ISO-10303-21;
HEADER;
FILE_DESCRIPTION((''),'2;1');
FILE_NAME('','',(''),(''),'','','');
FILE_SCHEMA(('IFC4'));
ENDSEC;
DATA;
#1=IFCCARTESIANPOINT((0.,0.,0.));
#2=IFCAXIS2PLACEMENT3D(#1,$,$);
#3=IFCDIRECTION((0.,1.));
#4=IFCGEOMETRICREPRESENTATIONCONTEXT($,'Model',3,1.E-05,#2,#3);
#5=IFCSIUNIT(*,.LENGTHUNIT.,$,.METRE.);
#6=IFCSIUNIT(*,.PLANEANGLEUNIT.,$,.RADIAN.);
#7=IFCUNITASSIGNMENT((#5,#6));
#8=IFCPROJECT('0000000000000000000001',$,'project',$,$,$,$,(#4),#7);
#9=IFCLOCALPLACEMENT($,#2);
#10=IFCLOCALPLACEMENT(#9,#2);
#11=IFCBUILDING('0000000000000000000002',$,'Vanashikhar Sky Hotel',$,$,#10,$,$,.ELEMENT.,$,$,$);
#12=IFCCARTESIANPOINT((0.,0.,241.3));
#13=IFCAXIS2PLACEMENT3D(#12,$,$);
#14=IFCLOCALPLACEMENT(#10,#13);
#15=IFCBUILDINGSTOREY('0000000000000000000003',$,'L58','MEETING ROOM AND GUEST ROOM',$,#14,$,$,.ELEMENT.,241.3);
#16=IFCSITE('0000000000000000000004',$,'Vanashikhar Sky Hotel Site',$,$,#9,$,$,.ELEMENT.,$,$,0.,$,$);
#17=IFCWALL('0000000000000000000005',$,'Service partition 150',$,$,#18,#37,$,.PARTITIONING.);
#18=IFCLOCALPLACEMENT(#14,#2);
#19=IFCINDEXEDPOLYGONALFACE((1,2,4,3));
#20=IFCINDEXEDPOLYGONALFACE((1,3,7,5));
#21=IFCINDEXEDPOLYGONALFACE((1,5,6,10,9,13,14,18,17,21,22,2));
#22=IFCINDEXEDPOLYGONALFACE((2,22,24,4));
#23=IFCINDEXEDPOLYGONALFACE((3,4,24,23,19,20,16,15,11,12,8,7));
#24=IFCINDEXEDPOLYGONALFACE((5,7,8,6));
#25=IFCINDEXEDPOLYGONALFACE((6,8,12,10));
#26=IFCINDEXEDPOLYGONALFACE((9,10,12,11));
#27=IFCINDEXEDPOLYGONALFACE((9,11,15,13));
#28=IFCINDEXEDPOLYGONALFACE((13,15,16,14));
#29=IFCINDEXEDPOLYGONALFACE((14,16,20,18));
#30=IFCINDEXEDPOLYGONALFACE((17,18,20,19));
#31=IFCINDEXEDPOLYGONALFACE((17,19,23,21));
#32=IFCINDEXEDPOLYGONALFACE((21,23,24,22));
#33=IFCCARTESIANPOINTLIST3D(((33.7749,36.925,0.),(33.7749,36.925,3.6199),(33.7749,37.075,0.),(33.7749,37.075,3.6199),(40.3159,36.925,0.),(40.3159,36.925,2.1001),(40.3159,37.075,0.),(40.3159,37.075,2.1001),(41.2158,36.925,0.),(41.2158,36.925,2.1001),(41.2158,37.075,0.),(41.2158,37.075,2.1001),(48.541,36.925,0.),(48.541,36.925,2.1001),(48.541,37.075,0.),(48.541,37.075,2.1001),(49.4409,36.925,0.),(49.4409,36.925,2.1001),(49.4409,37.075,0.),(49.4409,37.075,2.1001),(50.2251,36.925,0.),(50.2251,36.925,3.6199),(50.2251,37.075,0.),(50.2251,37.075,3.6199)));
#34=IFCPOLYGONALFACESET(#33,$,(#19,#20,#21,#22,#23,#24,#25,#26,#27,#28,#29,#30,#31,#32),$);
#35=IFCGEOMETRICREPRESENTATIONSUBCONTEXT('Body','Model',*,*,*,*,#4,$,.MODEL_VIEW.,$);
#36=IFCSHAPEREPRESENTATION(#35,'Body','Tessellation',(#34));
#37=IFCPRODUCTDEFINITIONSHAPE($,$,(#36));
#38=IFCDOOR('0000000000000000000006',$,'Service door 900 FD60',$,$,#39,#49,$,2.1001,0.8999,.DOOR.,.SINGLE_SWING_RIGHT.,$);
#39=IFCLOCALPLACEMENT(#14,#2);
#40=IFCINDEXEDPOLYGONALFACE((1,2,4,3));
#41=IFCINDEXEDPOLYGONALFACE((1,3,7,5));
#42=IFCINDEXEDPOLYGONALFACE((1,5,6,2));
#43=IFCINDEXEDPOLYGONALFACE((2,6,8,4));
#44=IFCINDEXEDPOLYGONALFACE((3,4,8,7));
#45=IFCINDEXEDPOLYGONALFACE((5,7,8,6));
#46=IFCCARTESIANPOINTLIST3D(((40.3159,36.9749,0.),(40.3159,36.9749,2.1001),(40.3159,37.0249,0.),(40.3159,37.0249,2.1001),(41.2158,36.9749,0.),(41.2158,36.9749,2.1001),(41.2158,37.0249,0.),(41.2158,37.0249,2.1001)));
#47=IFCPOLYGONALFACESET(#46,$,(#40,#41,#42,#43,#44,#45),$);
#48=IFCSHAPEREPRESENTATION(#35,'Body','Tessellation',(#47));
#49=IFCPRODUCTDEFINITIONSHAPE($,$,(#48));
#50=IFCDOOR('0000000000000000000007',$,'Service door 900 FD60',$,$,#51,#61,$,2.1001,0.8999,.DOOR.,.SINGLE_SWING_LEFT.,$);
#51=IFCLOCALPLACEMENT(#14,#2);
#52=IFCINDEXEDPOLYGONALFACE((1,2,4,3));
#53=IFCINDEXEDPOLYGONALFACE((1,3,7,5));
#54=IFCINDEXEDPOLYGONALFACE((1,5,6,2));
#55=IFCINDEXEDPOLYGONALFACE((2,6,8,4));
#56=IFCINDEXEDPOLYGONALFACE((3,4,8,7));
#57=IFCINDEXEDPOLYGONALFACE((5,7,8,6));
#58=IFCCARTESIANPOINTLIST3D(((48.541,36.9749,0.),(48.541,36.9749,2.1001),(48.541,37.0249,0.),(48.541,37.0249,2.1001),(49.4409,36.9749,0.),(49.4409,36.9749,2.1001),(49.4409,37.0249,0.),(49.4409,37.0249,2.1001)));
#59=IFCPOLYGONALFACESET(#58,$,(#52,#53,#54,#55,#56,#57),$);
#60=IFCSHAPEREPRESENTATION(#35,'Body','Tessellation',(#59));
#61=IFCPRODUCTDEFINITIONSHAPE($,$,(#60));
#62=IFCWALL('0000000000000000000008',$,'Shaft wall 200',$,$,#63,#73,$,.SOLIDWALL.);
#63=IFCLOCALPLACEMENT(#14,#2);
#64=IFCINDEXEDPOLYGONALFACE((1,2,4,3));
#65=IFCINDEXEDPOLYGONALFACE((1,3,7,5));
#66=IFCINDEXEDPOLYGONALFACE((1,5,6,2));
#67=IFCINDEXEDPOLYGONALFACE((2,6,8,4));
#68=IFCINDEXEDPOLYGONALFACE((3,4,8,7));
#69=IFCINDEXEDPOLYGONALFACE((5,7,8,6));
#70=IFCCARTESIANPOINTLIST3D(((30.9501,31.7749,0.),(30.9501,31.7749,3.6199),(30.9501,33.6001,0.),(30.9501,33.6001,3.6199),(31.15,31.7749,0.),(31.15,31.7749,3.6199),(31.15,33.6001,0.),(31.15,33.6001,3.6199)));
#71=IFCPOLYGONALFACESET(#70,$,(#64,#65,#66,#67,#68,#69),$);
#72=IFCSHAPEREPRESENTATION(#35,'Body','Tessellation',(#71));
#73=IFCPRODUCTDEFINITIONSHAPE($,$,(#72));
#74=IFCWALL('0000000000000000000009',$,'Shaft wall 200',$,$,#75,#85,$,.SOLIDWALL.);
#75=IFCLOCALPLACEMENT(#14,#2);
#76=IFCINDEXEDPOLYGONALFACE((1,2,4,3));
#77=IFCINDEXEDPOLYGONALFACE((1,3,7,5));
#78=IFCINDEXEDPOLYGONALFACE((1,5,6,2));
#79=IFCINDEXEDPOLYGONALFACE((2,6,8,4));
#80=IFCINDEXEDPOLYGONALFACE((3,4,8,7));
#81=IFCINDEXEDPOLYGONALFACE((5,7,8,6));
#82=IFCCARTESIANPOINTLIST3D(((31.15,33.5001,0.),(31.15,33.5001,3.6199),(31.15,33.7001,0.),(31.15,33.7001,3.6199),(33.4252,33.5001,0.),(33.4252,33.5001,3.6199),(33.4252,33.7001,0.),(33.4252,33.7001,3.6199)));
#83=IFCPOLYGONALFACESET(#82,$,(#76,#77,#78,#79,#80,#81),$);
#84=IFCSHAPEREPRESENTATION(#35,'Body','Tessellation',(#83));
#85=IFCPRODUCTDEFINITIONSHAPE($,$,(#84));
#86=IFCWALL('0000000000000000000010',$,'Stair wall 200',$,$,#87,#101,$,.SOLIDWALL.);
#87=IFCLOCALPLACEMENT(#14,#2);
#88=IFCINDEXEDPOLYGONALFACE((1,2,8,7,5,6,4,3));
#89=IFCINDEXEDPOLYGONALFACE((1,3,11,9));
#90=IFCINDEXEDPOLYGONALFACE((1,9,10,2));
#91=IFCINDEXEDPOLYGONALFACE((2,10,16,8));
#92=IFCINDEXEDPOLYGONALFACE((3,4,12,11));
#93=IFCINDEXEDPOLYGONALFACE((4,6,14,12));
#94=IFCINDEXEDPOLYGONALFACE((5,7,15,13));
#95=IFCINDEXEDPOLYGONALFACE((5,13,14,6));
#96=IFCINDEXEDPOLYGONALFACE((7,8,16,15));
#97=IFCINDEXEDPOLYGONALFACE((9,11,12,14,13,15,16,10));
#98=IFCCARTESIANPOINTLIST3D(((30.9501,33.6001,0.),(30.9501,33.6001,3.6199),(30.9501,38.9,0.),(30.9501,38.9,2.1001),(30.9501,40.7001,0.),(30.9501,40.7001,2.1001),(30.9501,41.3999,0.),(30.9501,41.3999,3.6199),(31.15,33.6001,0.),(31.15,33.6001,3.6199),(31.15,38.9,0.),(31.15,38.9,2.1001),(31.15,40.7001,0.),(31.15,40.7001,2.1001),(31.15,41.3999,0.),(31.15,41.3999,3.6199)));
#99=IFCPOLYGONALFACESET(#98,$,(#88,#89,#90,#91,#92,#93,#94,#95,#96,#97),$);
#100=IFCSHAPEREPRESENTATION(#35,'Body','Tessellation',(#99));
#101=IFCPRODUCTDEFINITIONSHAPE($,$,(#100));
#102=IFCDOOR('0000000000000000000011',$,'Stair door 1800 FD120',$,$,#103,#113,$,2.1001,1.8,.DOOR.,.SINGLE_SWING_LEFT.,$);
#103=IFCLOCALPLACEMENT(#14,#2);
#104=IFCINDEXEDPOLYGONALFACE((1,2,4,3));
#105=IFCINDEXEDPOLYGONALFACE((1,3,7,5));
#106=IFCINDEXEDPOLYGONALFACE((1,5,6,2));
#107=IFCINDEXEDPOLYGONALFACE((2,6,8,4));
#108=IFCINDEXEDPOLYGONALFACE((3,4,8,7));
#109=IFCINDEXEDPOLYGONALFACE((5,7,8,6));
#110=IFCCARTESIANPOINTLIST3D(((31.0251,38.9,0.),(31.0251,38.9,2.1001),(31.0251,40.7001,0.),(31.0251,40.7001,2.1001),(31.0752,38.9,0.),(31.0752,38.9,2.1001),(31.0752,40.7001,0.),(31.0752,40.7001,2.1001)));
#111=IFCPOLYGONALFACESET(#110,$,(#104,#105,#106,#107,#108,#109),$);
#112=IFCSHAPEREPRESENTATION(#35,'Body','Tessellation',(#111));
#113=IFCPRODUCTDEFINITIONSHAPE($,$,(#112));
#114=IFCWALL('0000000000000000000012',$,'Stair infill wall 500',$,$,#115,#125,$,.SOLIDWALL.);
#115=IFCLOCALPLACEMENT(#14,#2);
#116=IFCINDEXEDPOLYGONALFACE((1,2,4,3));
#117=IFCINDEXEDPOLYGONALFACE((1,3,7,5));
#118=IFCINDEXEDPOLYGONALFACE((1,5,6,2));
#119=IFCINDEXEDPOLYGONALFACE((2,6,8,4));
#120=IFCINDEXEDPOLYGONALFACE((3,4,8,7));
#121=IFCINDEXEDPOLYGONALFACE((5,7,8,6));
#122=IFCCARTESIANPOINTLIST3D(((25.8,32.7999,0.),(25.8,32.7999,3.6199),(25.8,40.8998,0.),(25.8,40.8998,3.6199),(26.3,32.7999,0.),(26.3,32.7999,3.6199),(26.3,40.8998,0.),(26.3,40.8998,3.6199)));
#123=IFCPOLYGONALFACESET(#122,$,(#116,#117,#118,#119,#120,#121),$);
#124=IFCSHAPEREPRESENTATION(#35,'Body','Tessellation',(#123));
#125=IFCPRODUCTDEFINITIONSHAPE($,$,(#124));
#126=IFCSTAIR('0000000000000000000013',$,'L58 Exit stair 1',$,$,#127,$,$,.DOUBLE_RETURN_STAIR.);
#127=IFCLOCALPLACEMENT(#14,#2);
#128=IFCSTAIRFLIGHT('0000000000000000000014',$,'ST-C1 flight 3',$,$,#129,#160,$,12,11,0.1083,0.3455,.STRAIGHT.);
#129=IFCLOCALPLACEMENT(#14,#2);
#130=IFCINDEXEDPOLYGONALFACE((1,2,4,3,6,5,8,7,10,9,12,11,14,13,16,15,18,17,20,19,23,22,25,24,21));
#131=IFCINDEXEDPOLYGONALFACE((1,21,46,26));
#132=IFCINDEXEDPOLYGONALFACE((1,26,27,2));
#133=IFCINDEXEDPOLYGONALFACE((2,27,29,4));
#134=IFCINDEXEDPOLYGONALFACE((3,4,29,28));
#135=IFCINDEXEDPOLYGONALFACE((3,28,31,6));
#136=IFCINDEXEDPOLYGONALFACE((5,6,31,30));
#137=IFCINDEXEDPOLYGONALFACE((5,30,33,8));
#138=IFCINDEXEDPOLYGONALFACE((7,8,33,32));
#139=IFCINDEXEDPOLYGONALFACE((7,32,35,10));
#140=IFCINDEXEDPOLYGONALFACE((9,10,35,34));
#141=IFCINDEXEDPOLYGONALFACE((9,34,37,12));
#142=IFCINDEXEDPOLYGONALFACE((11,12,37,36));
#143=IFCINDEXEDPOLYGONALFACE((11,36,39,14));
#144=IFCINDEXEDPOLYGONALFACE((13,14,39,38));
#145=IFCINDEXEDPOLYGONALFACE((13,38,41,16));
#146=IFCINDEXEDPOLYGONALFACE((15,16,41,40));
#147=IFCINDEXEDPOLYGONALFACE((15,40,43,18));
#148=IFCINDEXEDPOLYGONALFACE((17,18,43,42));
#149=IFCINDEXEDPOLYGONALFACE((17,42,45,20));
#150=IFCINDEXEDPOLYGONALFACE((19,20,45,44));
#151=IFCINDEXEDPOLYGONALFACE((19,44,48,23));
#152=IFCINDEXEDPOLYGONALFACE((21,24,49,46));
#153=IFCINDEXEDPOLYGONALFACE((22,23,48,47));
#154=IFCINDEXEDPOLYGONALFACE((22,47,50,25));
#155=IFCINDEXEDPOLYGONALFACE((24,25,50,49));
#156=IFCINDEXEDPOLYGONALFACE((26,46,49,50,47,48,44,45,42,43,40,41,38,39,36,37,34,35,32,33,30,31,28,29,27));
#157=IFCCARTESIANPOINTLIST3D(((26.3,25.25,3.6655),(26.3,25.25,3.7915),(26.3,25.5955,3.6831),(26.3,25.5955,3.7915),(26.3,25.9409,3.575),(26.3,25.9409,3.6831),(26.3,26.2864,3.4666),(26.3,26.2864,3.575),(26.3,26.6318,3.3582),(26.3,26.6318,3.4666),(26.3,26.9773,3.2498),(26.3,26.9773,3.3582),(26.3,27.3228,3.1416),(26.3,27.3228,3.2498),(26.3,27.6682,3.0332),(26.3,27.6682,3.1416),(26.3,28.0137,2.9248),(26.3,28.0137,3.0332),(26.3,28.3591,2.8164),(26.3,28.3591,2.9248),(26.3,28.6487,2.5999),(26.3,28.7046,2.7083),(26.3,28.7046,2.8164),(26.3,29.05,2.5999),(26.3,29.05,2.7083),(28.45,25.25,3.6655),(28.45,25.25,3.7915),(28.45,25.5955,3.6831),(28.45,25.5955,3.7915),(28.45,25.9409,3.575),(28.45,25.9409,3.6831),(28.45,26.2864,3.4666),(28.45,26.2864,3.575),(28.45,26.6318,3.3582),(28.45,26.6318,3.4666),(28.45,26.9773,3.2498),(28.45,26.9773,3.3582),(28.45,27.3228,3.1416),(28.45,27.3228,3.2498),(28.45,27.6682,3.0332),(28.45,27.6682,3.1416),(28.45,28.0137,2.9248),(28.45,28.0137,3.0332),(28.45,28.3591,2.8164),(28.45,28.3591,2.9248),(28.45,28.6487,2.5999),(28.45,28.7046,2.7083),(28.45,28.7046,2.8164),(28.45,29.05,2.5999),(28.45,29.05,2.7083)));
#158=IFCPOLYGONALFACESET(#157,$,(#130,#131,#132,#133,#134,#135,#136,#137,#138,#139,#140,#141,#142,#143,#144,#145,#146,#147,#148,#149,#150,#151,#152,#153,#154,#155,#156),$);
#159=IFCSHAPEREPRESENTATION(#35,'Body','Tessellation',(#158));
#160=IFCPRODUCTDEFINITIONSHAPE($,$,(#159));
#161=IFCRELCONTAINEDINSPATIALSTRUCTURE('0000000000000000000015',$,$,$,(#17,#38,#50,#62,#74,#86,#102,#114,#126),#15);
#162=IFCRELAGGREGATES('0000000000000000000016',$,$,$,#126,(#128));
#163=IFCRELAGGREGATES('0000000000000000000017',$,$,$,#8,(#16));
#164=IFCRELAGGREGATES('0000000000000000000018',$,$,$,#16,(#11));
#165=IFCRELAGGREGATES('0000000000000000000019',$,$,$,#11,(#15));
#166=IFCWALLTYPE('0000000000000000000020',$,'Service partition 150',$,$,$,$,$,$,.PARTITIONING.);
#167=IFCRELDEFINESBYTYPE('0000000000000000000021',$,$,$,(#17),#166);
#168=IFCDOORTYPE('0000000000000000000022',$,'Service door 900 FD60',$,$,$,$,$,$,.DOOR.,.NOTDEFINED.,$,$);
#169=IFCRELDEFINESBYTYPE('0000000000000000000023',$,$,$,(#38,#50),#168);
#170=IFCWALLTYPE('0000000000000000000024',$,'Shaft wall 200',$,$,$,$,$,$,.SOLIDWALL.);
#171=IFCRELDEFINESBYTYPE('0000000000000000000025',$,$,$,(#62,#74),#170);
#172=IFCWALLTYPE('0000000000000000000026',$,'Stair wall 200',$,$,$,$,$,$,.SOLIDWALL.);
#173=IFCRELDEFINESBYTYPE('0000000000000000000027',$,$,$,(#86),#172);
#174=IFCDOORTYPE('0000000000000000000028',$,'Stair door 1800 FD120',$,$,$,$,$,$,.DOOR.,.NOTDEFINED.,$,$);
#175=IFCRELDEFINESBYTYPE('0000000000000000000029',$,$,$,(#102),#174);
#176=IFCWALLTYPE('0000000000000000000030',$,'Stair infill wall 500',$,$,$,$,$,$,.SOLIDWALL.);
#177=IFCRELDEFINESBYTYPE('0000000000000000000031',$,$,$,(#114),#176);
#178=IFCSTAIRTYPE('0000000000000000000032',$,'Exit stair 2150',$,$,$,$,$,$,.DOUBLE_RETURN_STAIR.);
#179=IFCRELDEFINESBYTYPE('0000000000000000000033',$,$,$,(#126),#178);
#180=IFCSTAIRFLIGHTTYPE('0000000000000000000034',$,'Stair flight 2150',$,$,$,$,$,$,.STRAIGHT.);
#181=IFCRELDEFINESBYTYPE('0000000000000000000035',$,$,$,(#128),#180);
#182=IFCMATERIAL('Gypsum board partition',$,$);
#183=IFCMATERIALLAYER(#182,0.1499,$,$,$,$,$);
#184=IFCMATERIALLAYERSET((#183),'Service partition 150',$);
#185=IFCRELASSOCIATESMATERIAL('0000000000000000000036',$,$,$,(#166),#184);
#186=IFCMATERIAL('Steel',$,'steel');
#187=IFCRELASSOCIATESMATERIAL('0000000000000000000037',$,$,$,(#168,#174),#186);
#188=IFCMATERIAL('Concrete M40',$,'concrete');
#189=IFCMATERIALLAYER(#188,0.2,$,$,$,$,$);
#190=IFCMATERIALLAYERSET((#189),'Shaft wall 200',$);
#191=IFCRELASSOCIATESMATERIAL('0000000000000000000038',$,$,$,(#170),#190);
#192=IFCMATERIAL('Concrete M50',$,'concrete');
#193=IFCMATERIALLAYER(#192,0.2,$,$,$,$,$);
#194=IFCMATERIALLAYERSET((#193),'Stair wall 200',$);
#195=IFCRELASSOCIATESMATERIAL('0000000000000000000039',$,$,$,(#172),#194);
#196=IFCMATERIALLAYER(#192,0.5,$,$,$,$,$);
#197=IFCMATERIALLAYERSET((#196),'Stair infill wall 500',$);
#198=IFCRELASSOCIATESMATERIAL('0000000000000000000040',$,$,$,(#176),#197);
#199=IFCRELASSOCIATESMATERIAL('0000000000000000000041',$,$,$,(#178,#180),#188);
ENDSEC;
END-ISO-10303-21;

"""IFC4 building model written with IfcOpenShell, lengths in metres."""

from ifc_helpers import new_model, si_unit, direction, frame, frame_2d, origin, place, context, subcontext, project, spatial, polyline, rectangle, outline, extrude, source, transform, mapped, material, layer, layer_set, type_object, element, fill, aggregate, save


model = new_model("IFC4")

# Units and contexts
model_context = context("Model", 3, precision=1e-05, world=origin(), true_north=direction((0.0, 1.0)))
body_context = subcontext(model_context, "Body", "Model", "MODEL_VIEW")
ifc_project = project(units=[si_unit("LENGTHUNIT", "METRE"), si_unit("PLANEANGLEUNIT", "RADIAN")], contexts=[model_context])

# Site, building, storey
site_placement = place(None, origin())
site = spatial("IfcSite", under=ifc_project, at=site_placement, Name="Vanashikhar Sky Hotel Site", CompositionType="ELEMENT", RefElevation=0.0)
building_placement = place(site_placement, origin())
building = spatial("IfcBuilding", under=site, at=building_placement, Name="Vanashikhar Sky Hotel", CompositionType="ELEMENT")
storey_placement = place(building_placement, frame((0.0, 0.0, 241.3)))
storey = spatial("IfcBuildingStorey", under=building, at=storey_placement, Name="L58", Description="MEETING ROOM AND GUEST ROOM", CompositionType="ELEMENT", Elevation=241.3)

# Shared definitions
ifc_material_1 = material(Name="Steel", Category="steel")

# Shared definitions
ifc_material_2 = material(Name="Gypsum board partition")
ifc_layer_1 = layer(ifc_material_2, 0.1499)
ifc_layer_set_1 = layer_set([ifc_layer_1], Name="Service partition 150")
wall_type_1 = type_object("IfcWallType", Name="Service partition 150", PredefinedType="PARTITIONING", material=ifc_layer_set_1)

# Wall, openings, doors
shared_shape_1 = source(origin(), body_context, "Body", "SweptSolid", [
    extrude(rectangle(XDim=0.8999, YDim=2.1001, at=frame_2d((0.45, 1.05))), frame((0.0, 0.085, 0.0), z_axis=(0.0, -1.0, 0.0), x_axis=(1.0, 0.0, 0.0)), (0.0, 0.0, 1.0), 0.1699),
])
door_type_1 = type_object("IfcDoorType", Name="Service door 900 FD60", OperationType="NOTDEFINED", PredefinedType="DOOR", material=ifc_material_1)
shared_shape_2 = source(origin(), body_context, "Body", "SweptSolid", [
    extrude(rectangle(XDim=0.8999, YDim=2.1001, at=frame_2d((0.45, 1.05))), frame((0.0, 0.0249, 0.0), z_axis=(0.0, -1.0, 0.0), x_axis=(1.0, 0.0, 0.0)), (0.0, 0.0, 1.0), 0.05),
])
shared_shape_3 = source(origin(), body_context, "Body", "SweptSolid", [
    extrude(rectangle(XDim=16.4502, YDim=0.1499, at=frame_2d((8.2251, 0.0))), origin(), (0.0, 0.0, 1.0), 3.6199),
])
wall_1_placement = place(storey_placement, frame((33.7749, 37.0, 0.0), z_axis=(0.0, 0.0, 1.0), x_axis=(1.0, 0.0, 0.0)))
wall_1 = element("IfcWall", 1, at=wall_1_placement, inside=storey, type_object=wall_type_1, Name="Service partition 150", PredefinedType="PARTITIONING", context=body_context, shape_type="MappedRepresentation", body=[
    mapped(shared_shape_3, transform((0.0, 0.0, 0.0), scale=1.0)),
])
opening_1_placement = place(wall_1_placement, frame((6.541, 0.0, 0.0)))
opening_1 = element("IfcOpeningElement", 2, at=opening_1_placement, cuts=wall_1, PredefinedType="OPENING", context=body_context, shape_type="MappedRepresentation", body=[
    mapped(shared_shape_1, transform((0.0, 0.0, 0.0), scale=1.0)),
])
opening_2_placement = place(wall_1_placement, frame((14.7661, 0.0, 0.0)))
opening_2 = element("IfcOpeningElement", 3, at=opening_2_placement, cuts=wall_1, PredefinedType="OPENING", context=body_context, shape_type="MappedRepresentation", body=[
    mapped(shared_shape_1, transform((0.0, 0.0, 0.0), scale=1.0)),
])
door_1_placement = place(opening_1_placement, origin())
door_1 = element("IfcDoor", 4, at=door_1_placement, inside=storey, type_object=door_type_1, Name="Service door 900 FD60", OperationType="SINGLE_SWING_RIGHT", OverallHeight=2.1001, OverallWidth=0.8999, PredefinedType="DOOR", context=body_context, shape_type="MappedRepresentation", body=[
    mapped(shared_shape_2, transform((0.0, 0.0, 0.0), scale=1.0)),
])
fill(opening_1, door_1)
door_2_placement = place(opening_2_placement, origin())
door_2 = element("IfcDoor", 5, at=door_2_placement, inside=storey, type_object=door_type_1, Name="Service door 900 FD60", OperationType="SINGLE_SWING_LEFT", OverallHeight=2.1001, OverallWidth=0.8999, PredefinedType="DOOR", context=body_context, shape_type="MappedRepresentation", body=[
    mapped(shared_shape_2, transform((0.0, 0.0, 0.0), scale=1.0)),
])
fill(opening_2, door_2)

# Walls
ifc_material_3 = material(Name="Concrete M40", Category="concrete")
ifc_layer_2 = layer(ifc_material_3, 0.2)
ifc_layer_set_2 = layer_set([ifc_layer_2], Name="Shaft wall 200")
wall_type_2 = type_object("IfcWallType", Name="Shaft wall 200", PredefinedType="SOLIDWALL", material=ifc_layer_set_2)
shared_shape_4 = source(origin(), body_context, "Body", "SweptSolid", [
    extrude(rectangle(XDim=1.8252, YDim=0.2, at=frame_2d((0.9126, 0.0))), origin(), (0.0, 0.0, 1.0), 3.6199),
])
wall_2_placement = place(storey_placement, frame((31.05, 31.7749, 0.0), z_axis=(0.0, 0.0, 1.0), x_axis=(0.0, 1.0, 0.0)))
element("IfcWall", 6, at=wall_2_placement, inside=storey, type_object=wall_type_2, Name="Shaft wall 200", PredefinedType="SOLIDWALL", context=body_context, shape_type="MappedRepresentation", body=[
    mapped(shared_shape_4, transform((0.0, 0.0, 0.0), scale=1.0)),
])
shared_shape_5 = source(origin(), body_context, "Body", "SweptSolid", [
    extrude(rectangle(XDim=2.2751, YDim=0.2, at=frame_2d((1.1377, 0.0))), origin(), (0.0, 0.0, 1.0), 3.6199),
])
wall_3_placement = place(storey_placement, frame((31.1499, 33.6001, 0.0), z_axis=(0.0, 0.0, 1.0), x_axis=(1.0, 0.0, 0.0)))
element("IfcWall", 7, at=wall_3_placement, inside=storey, type_object=wall_type_2, Name="Shaft wall 200", PredefinedType="SOLIDWALL", context=body_context, shape_type="MappedRepresentation", body=[
    mapped(shared_shape_5, transform((0.0, 0.0, 0.0), scale=1.0)),
])

# Wall, opening, door
ifc_material_4 = material(Name="Concrete M50", Category="concrete")
ifc_layer_3 = layer(ifc_material_4, 0.2)
ifc_layer_set_3 = layer_set([ifc_layer_3], Name="Stair wall 200")
wall_type_3 = type_object("IfcWallType", Name="Stair wall 200", PredefinedType="SOLIDWALL", material=ifc_layer_set_3)
shared_shape_6 = source(origin(), body_context, "Body", "SweptSolid", [
    extrude(rectangle(XDim=7.7998, YDim=0.2, at=frame_2d((3.8999, 0.0))), origin(), (0.0, 0.0, 1.0), 3.6199),
])
wall_4_placement = place(storey_placement, frame((31.05, 33.6001, 0.0), z_axis=(0.0, 0.0, 1.0), x_axis=(0.0, 1.0, 0.0)))
wall_4 = element("IfcWall", 8, at=wall_4_placement, inside=storey, type_object=wall_type_3, Name="Stair wall 200", PredefinedType="SOLIDWALL", context=body_context, shape_type="MappedRepresentation", body=[
    mapped(shared_shape_6, transform((0.0, 0.0, 0.0), scale=1.0)),
])
shared_shape_7 = source(origin(), body_context, "Body", "SweptSolid", [
    extrude(rectangle(XDim=1.8, YDim=2.1001, at=frame_2d((0.8999, 1.05))), frame((0.0, 0.1099, 0.0), z_axis=(0.0, -1.0, 0.0), x_axis=(1.0, 0.0, 0.0)), (0.0, 0.0, 1.0), 0.22),
])
opening_3_placement = place(wall_4_placement, frame((5.3, 0.0, 0.0)))
opening_3 = element("IfcOpeningElement", 9, at=opening_3_placement, cuts=wall_4, PredefinedType="OPENING", context=body_context, shape_type="MappedRepresentation", body=[
    mapped(shared_shape_7, transform((0.0, 0.0, 0.0), scale=1.0)),
])
door_type_2 = type_object("IfcDoorType", Name="Stair door 1800 FD120", OperationType="NOTDEFINED", PredefinedType="DOOR", material=ifc_material_1)
shared_shape_8 = source(origin(), body_context, "Body", "SweptSolid", [
    extrude(rectangle(XDim=1.8, YDim=2.1001, at=frame_2d((0.8999, 1.05))), frame((0.0, 0.0249, 0.0), z_axis=(0.0, -1.0, 0.0), x_axis=(1.0, 0.0, 0.0)), (0.0, 0.0, 1.0), 0.05),
])
door_3_placement = place(opening_3_placement, origin())
door_3 = element("IfcDoor", 10, at=door_3_placement, inside=storey, type_object=door_type_2, Name="Stair door 1800 FD120", OperationType="SINGLE_SWING_LEFT", OverallHeight=2.1001, OverallWidth=1.8, PredefinedType="DOOR", context=body_context, shape_type="MappedRepresentation", body=[
    mapped(shared_shape_8, transform((0.0, 0.0, 0.0), scale=1.0)),
])
fill(opening_3, door_3)

# Wall
ifc_layer_4 = layer(ifc_material_4, 0.5)
ifc_layer_set_4 = layer_set([ifc_layer_4], Name="Stair infill wall 500")
wall_type_4 = type_object("IfcWallType", Name="Stair infill wall 500", PredefinedType="SOLIDWALL", material=ifc_layer_set_4)
shared_shape_9 = source(origin(), body_context, "Body", "SweptSolid", [
    extrude(rectangle(XDim=8.0999, YDim=0.5, at=frame_2d((4.0498, 0.0))), origin(), (0.0, 0.0, 1.0), 3.6199),
])
wall_5_placement = place(storey_placement, frame((26.05, 32.8, 0.0), z_axis=(0.0, 0.0, 1.0), x_axis=(0.0, 1.0, 0.0)))
element("IfcWall", 11, at=wall_5_placement, inside=storey, type_object=wall_type_4, Name="Stair infill wall 500", PredefinedType="SOLIDWALL", context=body_context, shape_type="MappedRepresentation", body=[
    mapped(shared_shape_9, transform((0.0, 0.0, 0.0), scale=1.0)),
])

# Stair, stair flight
stair_type = type_object("IfcStairType", Name="Exit stair 2150", PredefinedType="DOUBLE_RETURN_STAIR", material=ifc_material_3)
stair_1_placement = place(storey_placement, origin())
stair_1 = element("IfcStair", 12, at=stair_1_placement, inside=storey, type_object=stair_type, Name="L58 Exit stair 1", PredefinedType="DOUBLE_RETURN_STAIR")
stair_flight_type = type_object("IfcStairFlightType", Name="Stair flight 2150", PredefinedType="STRAIGHT", material=ifc_material_3)
shared_shape_10 = source(origin(), body_context, "Body", "SweptSolid", [
    extrude(outline(polyline([(0.0, 0.0), (0.0, 0.1084), (0.3455, 0.1084), (0.3455, 0.2166), (0.6909, 0.2166), (0.6909, 0.325), (1.0364, 0.325), (1.0364, 0.4333), (1.3818, 0.4333), (1.3818, 0.5417), (1.7273, 0.5417), (1.7273, 0.6499), (2.0728, 0.6499), (2.0728, 0.7583), (2.4182, 0.7583), (2.4182, 0.8667), (2.7637, 0.8667), (2.7637, 0.9751), (3.1091, 0.9751), (3.1091, 1.0833), (3.4546, 1.0833), (3.4546, 1.1917), (3.8, 1.1917), (3.8, 1.3), (3.8, 1.0657), (0.4014, 0.0), (0.0, 0.0)])), frame((0.0, 1.075, 0.0), z_axis=(0.0, -1.0, 0.0), x_axis=(1.0, 0.0, 0.0)), (0.0, 0.0, 1.0), 2.1499),
])
stair_flight_1_placement = place(storey_placement, frame((27.375, 29.05, 2.5999), z_axis=(0.0, 0.0, 1.0), x_axis=(0.0, -1.0, 0.0)))
stair_flight_1 = element("IfcStairFlight", 13, at=stair_flight_1_placement, type_object=stair_flight_type, Name="ST-C1 flight 3", NumberOfRisers=12, NumberOfTreads=11, PredefinedType="STRAIGHT", RiserHeight=0.1083, TreadLength=0.3455, context=body_context, shape_type="MappedRepresentation", body=[
    mapped(shared_shape_10, transform((0.0, 0.0, 0.0), scale=1.0)),
])
aggregate(stair_1, [stair_flight_1])

save(model, "model.ifc")
